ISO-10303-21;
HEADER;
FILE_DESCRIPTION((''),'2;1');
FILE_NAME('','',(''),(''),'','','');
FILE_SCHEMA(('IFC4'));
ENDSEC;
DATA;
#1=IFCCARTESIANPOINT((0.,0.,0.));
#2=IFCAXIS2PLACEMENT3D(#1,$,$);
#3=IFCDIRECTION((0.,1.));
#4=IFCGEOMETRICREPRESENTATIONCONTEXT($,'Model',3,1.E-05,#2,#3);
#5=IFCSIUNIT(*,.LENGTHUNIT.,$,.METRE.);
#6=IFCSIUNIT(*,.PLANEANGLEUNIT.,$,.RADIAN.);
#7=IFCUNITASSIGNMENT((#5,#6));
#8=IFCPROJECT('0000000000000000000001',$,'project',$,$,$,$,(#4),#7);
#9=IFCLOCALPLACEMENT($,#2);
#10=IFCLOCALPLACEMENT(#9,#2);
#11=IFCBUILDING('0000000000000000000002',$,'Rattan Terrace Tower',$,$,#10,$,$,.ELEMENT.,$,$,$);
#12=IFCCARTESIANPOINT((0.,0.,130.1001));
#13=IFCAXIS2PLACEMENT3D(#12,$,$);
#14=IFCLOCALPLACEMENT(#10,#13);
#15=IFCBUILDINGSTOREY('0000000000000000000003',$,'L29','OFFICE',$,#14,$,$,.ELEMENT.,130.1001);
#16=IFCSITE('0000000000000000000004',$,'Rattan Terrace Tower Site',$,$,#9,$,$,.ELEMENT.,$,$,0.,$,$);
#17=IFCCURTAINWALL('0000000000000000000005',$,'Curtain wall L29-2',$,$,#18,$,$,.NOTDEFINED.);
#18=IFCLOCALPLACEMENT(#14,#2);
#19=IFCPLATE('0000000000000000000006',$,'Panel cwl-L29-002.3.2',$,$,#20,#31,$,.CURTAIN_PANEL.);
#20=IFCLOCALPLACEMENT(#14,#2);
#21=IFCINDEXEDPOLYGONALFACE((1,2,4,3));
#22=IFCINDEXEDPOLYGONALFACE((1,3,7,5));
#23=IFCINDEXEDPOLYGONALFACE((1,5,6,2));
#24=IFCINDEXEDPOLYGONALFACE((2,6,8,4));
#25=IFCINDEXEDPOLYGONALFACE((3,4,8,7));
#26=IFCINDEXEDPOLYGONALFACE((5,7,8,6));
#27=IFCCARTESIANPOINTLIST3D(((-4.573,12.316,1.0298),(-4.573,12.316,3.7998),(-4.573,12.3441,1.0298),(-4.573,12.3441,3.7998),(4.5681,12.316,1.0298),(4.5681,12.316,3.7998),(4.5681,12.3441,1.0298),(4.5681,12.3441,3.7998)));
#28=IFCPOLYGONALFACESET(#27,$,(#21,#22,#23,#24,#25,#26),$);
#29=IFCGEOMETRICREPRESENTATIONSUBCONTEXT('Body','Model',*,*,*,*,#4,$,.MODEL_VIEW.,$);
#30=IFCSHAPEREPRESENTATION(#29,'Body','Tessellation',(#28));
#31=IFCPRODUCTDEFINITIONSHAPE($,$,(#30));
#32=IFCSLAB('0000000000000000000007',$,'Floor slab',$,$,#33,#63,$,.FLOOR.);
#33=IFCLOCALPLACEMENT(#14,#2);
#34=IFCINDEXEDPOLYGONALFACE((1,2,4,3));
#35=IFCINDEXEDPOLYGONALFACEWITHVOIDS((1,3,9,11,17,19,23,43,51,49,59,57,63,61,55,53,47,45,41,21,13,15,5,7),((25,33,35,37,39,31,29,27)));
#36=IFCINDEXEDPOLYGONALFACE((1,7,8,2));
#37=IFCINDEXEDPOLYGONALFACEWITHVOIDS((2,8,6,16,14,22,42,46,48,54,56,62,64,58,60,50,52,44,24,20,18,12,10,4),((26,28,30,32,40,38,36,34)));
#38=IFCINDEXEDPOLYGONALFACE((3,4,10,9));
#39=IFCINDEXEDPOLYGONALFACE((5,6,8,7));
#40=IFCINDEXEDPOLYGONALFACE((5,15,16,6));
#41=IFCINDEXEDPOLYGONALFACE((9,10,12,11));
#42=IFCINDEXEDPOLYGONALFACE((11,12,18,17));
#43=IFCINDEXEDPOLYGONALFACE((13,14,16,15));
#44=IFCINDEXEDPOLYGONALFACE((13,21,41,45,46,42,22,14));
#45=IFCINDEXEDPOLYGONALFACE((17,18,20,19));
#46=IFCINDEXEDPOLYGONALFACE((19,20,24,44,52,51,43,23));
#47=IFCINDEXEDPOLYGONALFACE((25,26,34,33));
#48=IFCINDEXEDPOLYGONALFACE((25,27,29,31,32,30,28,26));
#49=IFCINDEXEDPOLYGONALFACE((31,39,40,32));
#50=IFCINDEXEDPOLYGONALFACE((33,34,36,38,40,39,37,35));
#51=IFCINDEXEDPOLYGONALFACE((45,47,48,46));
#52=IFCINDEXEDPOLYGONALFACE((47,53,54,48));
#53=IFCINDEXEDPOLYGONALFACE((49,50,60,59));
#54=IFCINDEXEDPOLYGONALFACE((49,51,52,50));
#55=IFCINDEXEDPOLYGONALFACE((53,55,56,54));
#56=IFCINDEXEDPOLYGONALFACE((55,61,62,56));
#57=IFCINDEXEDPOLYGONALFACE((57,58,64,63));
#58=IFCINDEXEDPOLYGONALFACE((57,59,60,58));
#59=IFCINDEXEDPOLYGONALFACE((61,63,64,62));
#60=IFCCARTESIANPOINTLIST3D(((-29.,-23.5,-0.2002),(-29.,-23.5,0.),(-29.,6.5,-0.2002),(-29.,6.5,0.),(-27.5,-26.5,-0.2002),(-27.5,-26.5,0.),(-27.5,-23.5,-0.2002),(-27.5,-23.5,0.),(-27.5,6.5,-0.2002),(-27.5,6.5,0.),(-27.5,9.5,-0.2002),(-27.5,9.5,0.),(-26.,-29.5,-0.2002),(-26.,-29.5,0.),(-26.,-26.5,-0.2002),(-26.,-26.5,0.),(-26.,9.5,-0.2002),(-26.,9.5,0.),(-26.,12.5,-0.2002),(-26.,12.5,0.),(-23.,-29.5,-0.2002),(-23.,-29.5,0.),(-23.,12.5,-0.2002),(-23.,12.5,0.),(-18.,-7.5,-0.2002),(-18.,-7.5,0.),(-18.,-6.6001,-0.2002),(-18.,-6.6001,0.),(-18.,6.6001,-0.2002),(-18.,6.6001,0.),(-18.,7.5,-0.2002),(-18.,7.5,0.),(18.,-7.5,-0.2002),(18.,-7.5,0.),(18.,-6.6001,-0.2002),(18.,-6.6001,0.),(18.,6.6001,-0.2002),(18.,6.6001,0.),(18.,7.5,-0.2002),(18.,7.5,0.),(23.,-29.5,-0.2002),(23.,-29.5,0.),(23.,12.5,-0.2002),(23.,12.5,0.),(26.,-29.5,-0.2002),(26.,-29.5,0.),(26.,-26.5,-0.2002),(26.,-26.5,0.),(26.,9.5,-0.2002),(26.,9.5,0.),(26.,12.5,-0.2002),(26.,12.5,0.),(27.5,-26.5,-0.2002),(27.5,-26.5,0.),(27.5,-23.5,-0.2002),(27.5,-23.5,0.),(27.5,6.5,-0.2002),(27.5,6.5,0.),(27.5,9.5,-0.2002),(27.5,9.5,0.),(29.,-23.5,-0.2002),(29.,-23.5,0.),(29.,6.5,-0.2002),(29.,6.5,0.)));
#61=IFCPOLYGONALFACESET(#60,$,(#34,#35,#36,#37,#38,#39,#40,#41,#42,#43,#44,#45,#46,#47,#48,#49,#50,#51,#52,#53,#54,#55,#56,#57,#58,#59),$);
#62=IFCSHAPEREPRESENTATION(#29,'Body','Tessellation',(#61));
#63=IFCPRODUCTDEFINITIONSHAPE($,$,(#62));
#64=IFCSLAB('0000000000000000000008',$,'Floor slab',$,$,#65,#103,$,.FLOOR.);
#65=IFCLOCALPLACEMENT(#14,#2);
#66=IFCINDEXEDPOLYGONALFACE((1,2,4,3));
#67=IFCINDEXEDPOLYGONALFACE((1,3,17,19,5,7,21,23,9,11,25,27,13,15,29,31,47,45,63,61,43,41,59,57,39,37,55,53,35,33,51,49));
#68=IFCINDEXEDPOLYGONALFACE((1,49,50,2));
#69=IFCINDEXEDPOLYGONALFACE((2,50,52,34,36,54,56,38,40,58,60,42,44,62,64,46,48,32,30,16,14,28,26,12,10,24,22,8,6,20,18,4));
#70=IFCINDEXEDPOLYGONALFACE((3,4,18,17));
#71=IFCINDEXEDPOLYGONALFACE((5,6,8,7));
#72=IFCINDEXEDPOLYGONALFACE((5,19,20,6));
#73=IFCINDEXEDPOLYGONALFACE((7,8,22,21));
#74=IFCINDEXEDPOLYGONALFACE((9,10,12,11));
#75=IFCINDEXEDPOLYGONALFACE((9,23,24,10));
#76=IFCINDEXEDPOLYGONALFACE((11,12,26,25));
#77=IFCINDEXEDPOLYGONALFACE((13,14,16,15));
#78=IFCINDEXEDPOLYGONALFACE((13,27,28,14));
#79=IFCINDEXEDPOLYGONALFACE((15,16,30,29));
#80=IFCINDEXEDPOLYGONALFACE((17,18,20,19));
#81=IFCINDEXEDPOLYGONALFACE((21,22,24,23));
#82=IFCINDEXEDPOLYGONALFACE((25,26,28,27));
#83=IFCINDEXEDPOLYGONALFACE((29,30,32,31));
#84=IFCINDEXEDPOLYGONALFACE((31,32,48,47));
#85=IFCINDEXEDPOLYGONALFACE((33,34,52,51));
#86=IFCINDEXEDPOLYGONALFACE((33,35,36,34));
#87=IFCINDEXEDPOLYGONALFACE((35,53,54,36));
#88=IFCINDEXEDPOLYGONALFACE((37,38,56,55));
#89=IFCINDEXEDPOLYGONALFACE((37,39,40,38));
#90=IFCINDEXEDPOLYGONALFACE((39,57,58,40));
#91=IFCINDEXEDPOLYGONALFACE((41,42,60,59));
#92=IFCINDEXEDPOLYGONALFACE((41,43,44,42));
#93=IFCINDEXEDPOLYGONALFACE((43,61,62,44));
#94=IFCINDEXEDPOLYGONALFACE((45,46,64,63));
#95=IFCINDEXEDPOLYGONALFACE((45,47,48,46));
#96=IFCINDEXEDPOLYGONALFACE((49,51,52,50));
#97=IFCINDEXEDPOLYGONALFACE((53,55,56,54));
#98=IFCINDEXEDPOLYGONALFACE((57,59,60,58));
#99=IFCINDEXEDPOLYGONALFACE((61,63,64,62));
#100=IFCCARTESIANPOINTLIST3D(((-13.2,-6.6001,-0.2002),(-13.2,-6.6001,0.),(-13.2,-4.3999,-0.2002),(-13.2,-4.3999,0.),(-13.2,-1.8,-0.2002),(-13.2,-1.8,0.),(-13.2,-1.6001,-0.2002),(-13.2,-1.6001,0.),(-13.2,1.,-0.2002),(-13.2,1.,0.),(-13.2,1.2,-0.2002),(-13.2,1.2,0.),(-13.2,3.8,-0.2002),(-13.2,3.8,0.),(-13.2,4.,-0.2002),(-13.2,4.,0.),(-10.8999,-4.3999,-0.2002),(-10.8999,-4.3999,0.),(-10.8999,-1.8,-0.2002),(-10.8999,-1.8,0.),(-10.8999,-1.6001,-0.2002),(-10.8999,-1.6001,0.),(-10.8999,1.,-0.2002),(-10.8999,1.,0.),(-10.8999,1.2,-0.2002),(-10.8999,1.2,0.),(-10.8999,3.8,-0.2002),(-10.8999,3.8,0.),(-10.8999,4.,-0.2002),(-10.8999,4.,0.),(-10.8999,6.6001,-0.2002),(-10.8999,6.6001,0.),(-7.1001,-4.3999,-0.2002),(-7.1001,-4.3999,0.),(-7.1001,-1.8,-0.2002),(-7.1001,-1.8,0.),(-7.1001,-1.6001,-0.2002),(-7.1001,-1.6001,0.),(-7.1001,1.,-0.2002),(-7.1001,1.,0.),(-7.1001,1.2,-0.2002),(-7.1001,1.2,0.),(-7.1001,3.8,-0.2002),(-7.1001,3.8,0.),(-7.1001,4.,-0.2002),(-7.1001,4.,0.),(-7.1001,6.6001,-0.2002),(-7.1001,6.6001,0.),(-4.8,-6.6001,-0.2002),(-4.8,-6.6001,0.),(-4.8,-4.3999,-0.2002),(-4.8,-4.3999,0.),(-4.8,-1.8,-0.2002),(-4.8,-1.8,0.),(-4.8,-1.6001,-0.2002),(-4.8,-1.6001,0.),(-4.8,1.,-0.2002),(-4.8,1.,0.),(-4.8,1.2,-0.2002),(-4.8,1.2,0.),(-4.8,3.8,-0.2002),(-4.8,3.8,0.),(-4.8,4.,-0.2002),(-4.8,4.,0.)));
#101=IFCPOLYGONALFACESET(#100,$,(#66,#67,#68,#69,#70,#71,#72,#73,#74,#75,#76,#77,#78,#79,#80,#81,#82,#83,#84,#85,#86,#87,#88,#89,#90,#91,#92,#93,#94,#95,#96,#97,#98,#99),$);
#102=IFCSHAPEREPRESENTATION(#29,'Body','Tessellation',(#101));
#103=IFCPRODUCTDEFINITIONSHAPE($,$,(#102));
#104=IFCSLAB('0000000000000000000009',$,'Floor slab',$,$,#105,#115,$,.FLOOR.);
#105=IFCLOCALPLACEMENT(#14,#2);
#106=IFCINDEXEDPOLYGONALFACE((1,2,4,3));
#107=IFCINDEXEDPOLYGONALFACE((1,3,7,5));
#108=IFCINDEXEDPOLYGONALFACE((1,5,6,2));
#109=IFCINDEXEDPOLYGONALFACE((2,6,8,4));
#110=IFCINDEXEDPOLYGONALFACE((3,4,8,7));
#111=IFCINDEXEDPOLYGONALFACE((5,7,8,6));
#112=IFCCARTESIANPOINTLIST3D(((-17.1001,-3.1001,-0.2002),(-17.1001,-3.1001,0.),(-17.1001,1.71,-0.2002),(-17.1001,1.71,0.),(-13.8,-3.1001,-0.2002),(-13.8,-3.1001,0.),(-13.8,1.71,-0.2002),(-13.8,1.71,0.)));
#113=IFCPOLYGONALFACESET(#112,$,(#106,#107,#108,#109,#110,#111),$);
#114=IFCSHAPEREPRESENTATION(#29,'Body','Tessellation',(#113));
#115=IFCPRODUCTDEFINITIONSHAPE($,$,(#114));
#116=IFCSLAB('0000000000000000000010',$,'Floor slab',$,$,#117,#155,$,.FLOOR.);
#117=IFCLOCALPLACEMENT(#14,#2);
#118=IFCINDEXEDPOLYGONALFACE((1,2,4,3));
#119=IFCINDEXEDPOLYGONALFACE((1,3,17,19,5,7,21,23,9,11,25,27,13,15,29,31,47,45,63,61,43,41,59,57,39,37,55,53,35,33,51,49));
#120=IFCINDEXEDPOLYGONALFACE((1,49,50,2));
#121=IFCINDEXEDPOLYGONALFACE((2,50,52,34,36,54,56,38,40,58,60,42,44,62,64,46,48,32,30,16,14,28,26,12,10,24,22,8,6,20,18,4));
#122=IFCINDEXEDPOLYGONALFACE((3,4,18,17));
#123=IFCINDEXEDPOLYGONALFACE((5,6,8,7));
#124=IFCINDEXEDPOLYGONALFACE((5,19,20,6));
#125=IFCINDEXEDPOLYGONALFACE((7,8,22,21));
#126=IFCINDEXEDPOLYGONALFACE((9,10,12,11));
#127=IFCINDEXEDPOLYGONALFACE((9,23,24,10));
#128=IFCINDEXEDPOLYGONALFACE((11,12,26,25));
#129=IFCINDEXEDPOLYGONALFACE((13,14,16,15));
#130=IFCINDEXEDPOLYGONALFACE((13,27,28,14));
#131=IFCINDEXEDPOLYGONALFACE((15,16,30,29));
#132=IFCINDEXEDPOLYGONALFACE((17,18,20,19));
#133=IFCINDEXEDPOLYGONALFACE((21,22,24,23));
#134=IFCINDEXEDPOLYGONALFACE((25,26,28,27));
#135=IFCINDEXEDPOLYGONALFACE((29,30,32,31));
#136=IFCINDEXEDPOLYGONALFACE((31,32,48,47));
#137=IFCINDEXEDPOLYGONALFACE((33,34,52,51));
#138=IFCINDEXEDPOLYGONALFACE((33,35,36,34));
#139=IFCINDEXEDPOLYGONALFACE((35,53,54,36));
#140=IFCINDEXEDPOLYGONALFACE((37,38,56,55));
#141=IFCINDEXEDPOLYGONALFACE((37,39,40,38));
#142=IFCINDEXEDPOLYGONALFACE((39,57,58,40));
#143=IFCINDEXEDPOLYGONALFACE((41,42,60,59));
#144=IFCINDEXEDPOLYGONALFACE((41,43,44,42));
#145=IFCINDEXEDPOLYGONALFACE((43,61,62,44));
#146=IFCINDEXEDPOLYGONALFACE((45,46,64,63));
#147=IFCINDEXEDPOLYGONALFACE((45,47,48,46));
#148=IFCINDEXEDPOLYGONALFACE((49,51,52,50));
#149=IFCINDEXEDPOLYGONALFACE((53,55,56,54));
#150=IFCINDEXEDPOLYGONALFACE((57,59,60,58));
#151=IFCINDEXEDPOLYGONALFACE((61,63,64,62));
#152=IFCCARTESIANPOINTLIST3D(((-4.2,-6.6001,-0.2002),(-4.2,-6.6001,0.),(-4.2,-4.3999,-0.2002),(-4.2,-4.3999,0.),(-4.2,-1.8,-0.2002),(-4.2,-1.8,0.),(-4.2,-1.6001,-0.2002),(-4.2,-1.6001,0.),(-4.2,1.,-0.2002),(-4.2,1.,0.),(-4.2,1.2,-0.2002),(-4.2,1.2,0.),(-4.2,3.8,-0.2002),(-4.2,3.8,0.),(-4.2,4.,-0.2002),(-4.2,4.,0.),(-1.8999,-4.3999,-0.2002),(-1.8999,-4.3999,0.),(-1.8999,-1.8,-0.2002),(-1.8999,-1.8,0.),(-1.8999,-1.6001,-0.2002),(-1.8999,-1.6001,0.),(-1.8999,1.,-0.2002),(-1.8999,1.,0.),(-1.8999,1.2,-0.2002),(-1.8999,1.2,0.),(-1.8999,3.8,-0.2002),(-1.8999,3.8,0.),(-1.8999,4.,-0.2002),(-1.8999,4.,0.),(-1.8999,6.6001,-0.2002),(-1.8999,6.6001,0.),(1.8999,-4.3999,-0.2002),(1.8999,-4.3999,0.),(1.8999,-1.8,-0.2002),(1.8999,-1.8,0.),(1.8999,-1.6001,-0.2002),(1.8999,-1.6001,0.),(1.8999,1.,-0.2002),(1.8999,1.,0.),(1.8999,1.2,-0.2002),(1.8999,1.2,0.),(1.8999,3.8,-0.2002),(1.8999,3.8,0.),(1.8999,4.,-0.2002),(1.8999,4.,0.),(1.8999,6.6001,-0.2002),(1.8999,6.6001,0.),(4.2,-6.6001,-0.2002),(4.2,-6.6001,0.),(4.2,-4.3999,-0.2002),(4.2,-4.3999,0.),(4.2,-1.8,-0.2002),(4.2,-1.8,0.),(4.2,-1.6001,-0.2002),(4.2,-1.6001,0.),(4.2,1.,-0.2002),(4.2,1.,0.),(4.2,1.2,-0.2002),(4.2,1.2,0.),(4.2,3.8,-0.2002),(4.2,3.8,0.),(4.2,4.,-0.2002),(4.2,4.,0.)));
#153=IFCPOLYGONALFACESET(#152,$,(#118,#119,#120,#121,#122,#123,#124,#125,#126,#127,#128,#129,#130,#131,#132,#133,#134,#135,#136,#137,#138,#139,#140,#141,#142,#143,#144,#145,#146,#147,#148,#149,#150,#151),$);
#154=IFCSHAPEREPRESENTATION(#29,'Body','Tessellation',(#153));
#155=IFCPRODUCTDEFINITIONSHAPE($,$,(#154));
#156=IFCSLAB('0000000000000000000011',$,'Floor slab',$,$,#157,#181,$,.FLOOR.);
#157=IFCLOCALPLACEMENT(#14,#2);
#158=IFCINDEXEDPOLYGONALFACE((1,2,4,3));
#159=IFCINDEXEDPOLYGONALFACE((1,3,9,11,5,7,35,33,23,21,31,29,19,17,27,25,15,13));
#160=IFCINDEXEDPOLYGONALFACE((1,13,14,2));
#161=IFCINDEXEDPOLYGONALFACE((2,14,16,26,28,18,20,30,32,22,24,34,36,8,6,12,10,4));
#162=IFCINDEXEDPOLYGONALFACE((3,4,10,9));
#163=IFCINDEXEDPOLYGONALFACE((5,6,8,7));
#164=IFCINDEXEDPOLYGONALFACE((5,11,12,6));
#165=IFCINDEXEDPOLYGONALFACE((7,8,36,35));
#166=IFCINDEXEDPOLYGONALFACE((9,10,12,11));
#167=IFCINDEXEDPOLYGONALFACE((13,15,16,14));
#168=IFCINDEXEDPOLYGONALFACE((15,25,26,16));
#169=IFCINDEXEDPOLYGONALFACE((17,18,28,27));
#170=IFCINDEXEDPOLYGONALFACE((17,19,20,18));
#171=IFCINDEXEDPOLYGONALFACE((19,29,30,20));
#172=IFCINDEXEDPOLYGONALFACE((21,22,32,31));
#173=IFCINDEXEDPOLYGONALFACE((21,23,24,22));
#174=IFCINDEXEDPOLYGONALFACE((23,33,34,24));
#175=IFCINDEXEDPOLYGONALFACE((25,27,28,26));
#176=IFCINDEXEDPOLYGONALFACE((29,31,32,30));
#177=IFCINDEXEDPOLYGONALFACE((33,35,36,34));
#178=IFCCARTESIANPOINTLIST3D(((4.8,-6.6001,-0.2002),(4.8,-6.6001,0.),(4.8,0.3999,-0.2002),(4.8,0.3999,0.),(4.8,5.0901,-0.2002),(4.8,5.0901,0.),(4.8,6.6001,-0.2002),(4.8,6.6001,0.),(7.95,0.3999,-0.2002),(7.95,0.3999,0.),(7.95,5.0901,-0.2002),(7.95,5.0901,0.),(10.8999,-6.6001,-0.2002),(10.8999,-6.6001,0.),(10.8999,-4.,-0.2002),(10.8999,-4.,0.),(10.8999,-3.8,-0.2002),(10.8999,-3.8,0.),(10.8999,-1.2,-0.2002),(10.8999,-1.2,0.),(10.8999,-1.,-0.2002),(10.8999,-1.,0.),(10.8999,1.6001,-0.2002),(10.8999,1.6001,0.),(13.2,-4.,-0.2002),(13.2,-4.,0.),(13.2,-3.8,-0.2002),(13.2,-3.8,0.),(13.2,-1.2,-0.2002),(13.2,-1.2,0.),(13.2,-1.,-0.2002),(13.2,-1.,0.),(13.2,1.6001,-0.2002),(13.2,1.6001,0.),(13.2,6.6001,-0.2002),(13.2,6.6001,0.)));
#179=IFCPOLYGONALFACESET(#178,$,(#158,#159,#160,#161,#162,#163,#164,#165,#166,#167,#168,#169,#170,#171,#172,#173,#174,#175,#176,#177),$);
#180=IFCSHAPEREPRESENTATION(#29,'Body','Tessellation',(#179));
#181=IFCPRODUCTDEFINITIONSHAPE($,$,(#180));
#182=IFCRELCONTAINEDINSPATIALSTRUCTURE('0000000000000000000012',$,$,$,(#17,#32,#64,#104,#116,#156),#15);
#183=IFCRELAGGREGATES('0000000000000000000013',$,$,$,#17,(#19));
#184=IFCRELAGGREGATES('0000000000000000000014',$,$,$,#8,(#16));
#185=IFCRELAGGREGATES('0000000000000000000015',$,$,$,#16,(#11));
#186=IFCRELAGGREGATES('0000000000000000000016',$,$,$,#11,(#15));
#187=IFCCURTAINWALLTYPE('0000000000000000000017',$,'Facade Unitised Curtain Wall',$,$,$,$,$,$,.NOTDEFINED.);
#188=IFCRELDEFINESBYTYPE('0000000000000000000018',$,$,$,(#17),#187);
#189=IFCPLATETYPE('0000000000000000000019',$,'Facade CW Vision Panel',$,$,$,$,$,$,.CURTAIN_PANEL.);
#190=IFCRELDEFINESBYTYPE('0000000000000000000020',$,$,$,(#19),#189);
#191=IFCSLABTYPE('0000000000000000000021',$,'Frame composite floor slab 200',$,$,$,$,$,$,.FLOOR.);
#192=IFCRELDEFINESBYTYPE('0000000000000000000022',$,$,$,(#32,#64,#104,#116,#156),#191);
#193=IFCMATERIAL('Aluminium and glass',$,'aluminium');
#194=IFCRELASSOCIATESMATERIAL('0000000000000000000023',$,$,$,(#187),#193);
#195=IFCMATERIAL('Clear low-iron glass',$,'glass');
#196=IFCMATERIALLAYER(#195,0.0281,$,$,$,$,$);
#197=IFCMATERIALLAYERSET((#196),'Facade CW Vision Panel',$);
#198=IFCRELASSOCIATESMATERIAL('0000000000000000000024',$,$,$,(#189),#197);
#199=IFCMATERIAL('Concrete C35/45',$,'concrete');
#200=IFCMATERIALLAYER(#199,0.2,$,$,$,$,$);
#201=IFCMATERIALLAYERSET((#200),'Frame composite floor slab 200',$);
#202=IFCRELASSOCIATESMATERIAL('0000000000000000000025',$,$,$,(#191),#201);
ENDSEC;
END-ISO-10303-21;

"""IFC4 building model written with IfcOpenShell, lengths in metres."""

from ifc_helpers import new_model, si_unit, direction, frame, origin, origin_2d, place, context, subcontext, project, spatial, polyline, rectangle, outline, extrude, material, layer, layer_set, type_object, element, aggregate, save


model = new_model("IFC4")

# Units and contexts
model_context = context("Model", 3, precision=1e-05, world=origin(), true_north=direction((0.0, 1.0)))
body_context = subcontext(model_context, "Body", "Model", "MODEL_VIEW")
ifc_project = project(units=[si_unit("LENGTHUNIT", "METRE"), si_unit("PLANEANGLEUNIT", "RADIAN")], contexts=[model_context])

# Site, building, storey
site_placement = place(None, origin())
site = spatial("IfcSite", under=ifc_project, at=site_placement, Name="Rattan Terrace Tower Site", CompositionType="ELEMENT", RefElevation=0.0)
building_placement = place(site_placement, origin())
building = spatial("IfcBuilding", under=site, at=building_placement, Name="Rattan Terrace Tower", CompositionType="ELEMENT")
storey_placement = place(building_placement, frame((0.0, 0.0, 130.1001)))
storey = spatial("IfcBuildingStorey", under=building, at=storey_placement, Name="L29", Description="OFFICE", CompositionType="ELEMENT", Elevation=130.1001)

# Curtain wall
ifc_material_1 = material(Name="Aluminium and glass", Category="aluminium")
curtain_wall_type = type_object("IfcCurtainWallType", Name="Facade Unitised Curtain Wall", PredefinedType="NOTDEFINED", material=ifc_material_1)
curtain_wall_placement = place(storey_placement, origin())
curtain_wall = element("IfcCurtainWall", 1, at=curtain_wall_placement, inside=storey, type_object=curtain_wall_type, Name="Curtain wall L29-2", PredefinedType="NOTDEFINED")

# Plate
ifc_material_2 = material(Name="Clear low-iron glass", Category="glass")
ifc_layer_1 = layer(ifc_material_2, 0.0281)
ifc_layer_set_1 = layer_set([ifc_layer_1], Name="Facade CW Vision Panel")
plate_type_1 = type_object("IfcPlateType", Name="Facade CW Vision Panel", PredefinedType="CURTAIN_PANEL", material=ifc_layer_set_1)
plate_1_placement = place(storey_placement, frame((-0.0024, 12.3301, 1.0298), z_axis=(0.0, 0.0, 1.0), x_axis=(-1.0, 0.0, 0.0)))
plate_1 = element("IfcPlate", 2, at=plate_1_placement, type_object=plate_type_1, Name="Panel cwl-L29-002.3.2", PredefinedType="CURTAIN_PANEL", context=body_context, shape_type="SweptSolid", body=[
    extrude(rectangle(XDim=9.1411, YDim=0.0281, at=origin_2d()), origin(), (0.0, 0.0, 1.0), 2.77),
])
aggregate(curtain_wall, [plate_1])

# Slabs
ifc_material_3 = material(Name="Concrete C35/45", Category="concrete")
ifc_layer_2 = layer(ifc_material_3, 0.2)
ifc_layer_set_2 = layer_set([ifc_layer_2], Name="Frame composite floor slab 200")
slab_type_1 = type_object("IfcSlabType", Name="Frame composite floor slab 200", PredefinedType="FLOOR", material=ifc_layer_set_2)
slab_1_placement = place(storey_placement, frame((0.0, 0.0, -0.2002)))
element("IfcSlab", 3, at=slab_1_placement, inside=storey, type_object=slab_type_1, Name="Floor slab", PredefinedType="FLOOR", context=body_context, shape_type="SweptSolid", body=[
    extrude(outline(polyline([(-23.0, -29.5), (23.0, -29.5), (26.0, -29.5), (26.0, -26.5), (27.5, -26.5), (27.5, -23.5), (29.0, -23.5), (29.0, 6.5), (27.5, 6.5), (27.5, 9.5), (26.0, 9.5), (26.0, 12.5), (23.0, 12.5), (-23.0, 12.5), (-26.0, 12.5), (-26.0, 9.5), (-27.5, 9.5), (-27.5, 6.5), (-29.0, 6.5), (-29.0, -23.5), (-27.5, -23.5), (-27.5, -26.5), (-26.0, -26.5), (-26.0, -29.5), (-23.0, -29.5)]), holes=[polyline([(-18.0, -6.6001), (-18.0, -7.5), (18.0, -7.5), (18.0, -6.6001), (18.0, 6.6001), (18.0, 7.5), (-18.0, 7.5), (-18.0, 6.6001), (-18.0, -6.6001)])]), origin(), (0.0, 0.0, 1.0), 0.2002),
])
slab_2_placement = place(storey_placement, frame((0.0, 0.0, -0.2002)))
element("IfcSlab", 4, at=slab_2_placement, inside=storey, type_object=slab_type_1, Name="Floor slab", PredefinedType="FLOOR", context=body_context, shape_type="SweptSolid", body=[
    extrude(outline(polyline([(-10.8999, 6.6001), (-10.8999, 4.0), (-13.2, 4.0), (-13.2, 3.8), (-10.8999, 3.8), (-10.8999, 1.2), (-13.2, 1.2), (-13.2, 1.0), (-10.8999, 1.0), (-10.8999, -1.6001), (-13.2, -1.6001), (-13.2, -1.8), (-10.8999, -1.8), (-10.8999, -4.3999), (-13.2, -4.3999), (-13.2, -6.6001), (-4.8, -6.6001), (-4.8, -4.3999), (-7.1001, -4.3999), (-7.1001, -1.8), (-4.8, -1.8), (-4.8, -1.6001), (-7.1001, -1.6001), (-7.1001, 1.0), (-4.8, 1.0), (-4.8, 1.2), (-7.1001, 1.2), (-7.1001, 3.8), (-4.8, 3.8), (-4.8, 4.0), (-7.1001, 4.0), (-7.1001, 6.6001), (-10.8999, 6.6001)])), origin(), (0.0, 0.0, 1.0), 0.2002),
])
slab_3_placement = place(storey_placement, frame((0.0, 0.0, -0.2002)))
element("IfcSlab", 5, at=slab_3_placement, inside=storey, type_object=slab_type_1, Name="Floor slab", PredefinedType="FLOOR", context=body_context, shape_type="SweptSolid", body=[
    extrude(outline(polyline([(-17.1001, -3.1001), (-13.8, -3.1001), (-13.8, 1.71), (-17.1001, 1.71), (-17.1001, -3.1001)])), origin(), (0.0, 0.0, 1.0), 0.2002),
])
slab_4_placement = place(storey_placement, frame((0.0, 0.0, -0.2002)))
element("IfcSlab", 6, at=slab_4_placement, inside=storey, type_object=slab_type_1, Name="Floor slab", PredefinedType="FLOOR", context=body_context, shape_type="SweptSolid", body=[
    extrude(outline(polyline([(-4.2, 4.0), (-4.2, 3.8), (-1.8999, 3.8), (-1.8999, 1.2), (-4.2, 1.2), (-4.2, 1.0), (-1.8999, 1.0), (-1.8999, -1.6001), (-4.2, -1.6001), (-4.2, -1.8), (-1.8999, -1.8), (-1.8999, -4.3999), (-4.2, -4.3999), (-4.2, -6.6001), (4.2, -6.6001), (4.2, -4.3999), (1.8999, -4.3999), (1.8999, -1.8), (4.2, -1.8), (4.2, -1.6001), (1.8999, -1.6001), (1.8999, 1.0), (4.2, 1.0), (4.2, 1.2), (1.8999, 1.2), (1.8999, 3.8), (4.2, 3.8), (4.2, 4.0), (1.8999, 4.0), (1.8999, 6.6001), (-1.8999, 6.6001), (-1.8999, 4.0), (-4.2, 4.0)])), origin(), (0.0, 0.0, 1.0), 0.2002),
])
slab_5_placement = place(storey_placement, frame((0.0, 0.0, -0.2002)))
element("IfcSlab", 7, at=slab_5_placement, inside=storey, type_object=slab_type_1, Name="Floor slab", PredefinedType="FLOOR", context=body_context, shape_type="SweptSolid", body=[
    extrude(outline(polyline([(4.8, 5.0901), (7.95, 5.0901), (7.95, 0.3999), (4.8, 0.3999), (4.8, -6.6001), (10.8999, -6.6001), (10.8999, -4.0), (13.2, -4.0), (13.2, -3.8), (10.8999, -3.8), (10.8999, -1.2), (13.2, -1.2), (13.2, -1.0), (10.8999, -1.0), (10.8999, 1.6001), (13.2, 1.6001), (13.2, 6.6001), (4.8, 6.6001), (4.8, 5.0901)])), origin(), (0.0, 0.0, 1.0), 0.2002),
])

save(model, "model.ifc")
